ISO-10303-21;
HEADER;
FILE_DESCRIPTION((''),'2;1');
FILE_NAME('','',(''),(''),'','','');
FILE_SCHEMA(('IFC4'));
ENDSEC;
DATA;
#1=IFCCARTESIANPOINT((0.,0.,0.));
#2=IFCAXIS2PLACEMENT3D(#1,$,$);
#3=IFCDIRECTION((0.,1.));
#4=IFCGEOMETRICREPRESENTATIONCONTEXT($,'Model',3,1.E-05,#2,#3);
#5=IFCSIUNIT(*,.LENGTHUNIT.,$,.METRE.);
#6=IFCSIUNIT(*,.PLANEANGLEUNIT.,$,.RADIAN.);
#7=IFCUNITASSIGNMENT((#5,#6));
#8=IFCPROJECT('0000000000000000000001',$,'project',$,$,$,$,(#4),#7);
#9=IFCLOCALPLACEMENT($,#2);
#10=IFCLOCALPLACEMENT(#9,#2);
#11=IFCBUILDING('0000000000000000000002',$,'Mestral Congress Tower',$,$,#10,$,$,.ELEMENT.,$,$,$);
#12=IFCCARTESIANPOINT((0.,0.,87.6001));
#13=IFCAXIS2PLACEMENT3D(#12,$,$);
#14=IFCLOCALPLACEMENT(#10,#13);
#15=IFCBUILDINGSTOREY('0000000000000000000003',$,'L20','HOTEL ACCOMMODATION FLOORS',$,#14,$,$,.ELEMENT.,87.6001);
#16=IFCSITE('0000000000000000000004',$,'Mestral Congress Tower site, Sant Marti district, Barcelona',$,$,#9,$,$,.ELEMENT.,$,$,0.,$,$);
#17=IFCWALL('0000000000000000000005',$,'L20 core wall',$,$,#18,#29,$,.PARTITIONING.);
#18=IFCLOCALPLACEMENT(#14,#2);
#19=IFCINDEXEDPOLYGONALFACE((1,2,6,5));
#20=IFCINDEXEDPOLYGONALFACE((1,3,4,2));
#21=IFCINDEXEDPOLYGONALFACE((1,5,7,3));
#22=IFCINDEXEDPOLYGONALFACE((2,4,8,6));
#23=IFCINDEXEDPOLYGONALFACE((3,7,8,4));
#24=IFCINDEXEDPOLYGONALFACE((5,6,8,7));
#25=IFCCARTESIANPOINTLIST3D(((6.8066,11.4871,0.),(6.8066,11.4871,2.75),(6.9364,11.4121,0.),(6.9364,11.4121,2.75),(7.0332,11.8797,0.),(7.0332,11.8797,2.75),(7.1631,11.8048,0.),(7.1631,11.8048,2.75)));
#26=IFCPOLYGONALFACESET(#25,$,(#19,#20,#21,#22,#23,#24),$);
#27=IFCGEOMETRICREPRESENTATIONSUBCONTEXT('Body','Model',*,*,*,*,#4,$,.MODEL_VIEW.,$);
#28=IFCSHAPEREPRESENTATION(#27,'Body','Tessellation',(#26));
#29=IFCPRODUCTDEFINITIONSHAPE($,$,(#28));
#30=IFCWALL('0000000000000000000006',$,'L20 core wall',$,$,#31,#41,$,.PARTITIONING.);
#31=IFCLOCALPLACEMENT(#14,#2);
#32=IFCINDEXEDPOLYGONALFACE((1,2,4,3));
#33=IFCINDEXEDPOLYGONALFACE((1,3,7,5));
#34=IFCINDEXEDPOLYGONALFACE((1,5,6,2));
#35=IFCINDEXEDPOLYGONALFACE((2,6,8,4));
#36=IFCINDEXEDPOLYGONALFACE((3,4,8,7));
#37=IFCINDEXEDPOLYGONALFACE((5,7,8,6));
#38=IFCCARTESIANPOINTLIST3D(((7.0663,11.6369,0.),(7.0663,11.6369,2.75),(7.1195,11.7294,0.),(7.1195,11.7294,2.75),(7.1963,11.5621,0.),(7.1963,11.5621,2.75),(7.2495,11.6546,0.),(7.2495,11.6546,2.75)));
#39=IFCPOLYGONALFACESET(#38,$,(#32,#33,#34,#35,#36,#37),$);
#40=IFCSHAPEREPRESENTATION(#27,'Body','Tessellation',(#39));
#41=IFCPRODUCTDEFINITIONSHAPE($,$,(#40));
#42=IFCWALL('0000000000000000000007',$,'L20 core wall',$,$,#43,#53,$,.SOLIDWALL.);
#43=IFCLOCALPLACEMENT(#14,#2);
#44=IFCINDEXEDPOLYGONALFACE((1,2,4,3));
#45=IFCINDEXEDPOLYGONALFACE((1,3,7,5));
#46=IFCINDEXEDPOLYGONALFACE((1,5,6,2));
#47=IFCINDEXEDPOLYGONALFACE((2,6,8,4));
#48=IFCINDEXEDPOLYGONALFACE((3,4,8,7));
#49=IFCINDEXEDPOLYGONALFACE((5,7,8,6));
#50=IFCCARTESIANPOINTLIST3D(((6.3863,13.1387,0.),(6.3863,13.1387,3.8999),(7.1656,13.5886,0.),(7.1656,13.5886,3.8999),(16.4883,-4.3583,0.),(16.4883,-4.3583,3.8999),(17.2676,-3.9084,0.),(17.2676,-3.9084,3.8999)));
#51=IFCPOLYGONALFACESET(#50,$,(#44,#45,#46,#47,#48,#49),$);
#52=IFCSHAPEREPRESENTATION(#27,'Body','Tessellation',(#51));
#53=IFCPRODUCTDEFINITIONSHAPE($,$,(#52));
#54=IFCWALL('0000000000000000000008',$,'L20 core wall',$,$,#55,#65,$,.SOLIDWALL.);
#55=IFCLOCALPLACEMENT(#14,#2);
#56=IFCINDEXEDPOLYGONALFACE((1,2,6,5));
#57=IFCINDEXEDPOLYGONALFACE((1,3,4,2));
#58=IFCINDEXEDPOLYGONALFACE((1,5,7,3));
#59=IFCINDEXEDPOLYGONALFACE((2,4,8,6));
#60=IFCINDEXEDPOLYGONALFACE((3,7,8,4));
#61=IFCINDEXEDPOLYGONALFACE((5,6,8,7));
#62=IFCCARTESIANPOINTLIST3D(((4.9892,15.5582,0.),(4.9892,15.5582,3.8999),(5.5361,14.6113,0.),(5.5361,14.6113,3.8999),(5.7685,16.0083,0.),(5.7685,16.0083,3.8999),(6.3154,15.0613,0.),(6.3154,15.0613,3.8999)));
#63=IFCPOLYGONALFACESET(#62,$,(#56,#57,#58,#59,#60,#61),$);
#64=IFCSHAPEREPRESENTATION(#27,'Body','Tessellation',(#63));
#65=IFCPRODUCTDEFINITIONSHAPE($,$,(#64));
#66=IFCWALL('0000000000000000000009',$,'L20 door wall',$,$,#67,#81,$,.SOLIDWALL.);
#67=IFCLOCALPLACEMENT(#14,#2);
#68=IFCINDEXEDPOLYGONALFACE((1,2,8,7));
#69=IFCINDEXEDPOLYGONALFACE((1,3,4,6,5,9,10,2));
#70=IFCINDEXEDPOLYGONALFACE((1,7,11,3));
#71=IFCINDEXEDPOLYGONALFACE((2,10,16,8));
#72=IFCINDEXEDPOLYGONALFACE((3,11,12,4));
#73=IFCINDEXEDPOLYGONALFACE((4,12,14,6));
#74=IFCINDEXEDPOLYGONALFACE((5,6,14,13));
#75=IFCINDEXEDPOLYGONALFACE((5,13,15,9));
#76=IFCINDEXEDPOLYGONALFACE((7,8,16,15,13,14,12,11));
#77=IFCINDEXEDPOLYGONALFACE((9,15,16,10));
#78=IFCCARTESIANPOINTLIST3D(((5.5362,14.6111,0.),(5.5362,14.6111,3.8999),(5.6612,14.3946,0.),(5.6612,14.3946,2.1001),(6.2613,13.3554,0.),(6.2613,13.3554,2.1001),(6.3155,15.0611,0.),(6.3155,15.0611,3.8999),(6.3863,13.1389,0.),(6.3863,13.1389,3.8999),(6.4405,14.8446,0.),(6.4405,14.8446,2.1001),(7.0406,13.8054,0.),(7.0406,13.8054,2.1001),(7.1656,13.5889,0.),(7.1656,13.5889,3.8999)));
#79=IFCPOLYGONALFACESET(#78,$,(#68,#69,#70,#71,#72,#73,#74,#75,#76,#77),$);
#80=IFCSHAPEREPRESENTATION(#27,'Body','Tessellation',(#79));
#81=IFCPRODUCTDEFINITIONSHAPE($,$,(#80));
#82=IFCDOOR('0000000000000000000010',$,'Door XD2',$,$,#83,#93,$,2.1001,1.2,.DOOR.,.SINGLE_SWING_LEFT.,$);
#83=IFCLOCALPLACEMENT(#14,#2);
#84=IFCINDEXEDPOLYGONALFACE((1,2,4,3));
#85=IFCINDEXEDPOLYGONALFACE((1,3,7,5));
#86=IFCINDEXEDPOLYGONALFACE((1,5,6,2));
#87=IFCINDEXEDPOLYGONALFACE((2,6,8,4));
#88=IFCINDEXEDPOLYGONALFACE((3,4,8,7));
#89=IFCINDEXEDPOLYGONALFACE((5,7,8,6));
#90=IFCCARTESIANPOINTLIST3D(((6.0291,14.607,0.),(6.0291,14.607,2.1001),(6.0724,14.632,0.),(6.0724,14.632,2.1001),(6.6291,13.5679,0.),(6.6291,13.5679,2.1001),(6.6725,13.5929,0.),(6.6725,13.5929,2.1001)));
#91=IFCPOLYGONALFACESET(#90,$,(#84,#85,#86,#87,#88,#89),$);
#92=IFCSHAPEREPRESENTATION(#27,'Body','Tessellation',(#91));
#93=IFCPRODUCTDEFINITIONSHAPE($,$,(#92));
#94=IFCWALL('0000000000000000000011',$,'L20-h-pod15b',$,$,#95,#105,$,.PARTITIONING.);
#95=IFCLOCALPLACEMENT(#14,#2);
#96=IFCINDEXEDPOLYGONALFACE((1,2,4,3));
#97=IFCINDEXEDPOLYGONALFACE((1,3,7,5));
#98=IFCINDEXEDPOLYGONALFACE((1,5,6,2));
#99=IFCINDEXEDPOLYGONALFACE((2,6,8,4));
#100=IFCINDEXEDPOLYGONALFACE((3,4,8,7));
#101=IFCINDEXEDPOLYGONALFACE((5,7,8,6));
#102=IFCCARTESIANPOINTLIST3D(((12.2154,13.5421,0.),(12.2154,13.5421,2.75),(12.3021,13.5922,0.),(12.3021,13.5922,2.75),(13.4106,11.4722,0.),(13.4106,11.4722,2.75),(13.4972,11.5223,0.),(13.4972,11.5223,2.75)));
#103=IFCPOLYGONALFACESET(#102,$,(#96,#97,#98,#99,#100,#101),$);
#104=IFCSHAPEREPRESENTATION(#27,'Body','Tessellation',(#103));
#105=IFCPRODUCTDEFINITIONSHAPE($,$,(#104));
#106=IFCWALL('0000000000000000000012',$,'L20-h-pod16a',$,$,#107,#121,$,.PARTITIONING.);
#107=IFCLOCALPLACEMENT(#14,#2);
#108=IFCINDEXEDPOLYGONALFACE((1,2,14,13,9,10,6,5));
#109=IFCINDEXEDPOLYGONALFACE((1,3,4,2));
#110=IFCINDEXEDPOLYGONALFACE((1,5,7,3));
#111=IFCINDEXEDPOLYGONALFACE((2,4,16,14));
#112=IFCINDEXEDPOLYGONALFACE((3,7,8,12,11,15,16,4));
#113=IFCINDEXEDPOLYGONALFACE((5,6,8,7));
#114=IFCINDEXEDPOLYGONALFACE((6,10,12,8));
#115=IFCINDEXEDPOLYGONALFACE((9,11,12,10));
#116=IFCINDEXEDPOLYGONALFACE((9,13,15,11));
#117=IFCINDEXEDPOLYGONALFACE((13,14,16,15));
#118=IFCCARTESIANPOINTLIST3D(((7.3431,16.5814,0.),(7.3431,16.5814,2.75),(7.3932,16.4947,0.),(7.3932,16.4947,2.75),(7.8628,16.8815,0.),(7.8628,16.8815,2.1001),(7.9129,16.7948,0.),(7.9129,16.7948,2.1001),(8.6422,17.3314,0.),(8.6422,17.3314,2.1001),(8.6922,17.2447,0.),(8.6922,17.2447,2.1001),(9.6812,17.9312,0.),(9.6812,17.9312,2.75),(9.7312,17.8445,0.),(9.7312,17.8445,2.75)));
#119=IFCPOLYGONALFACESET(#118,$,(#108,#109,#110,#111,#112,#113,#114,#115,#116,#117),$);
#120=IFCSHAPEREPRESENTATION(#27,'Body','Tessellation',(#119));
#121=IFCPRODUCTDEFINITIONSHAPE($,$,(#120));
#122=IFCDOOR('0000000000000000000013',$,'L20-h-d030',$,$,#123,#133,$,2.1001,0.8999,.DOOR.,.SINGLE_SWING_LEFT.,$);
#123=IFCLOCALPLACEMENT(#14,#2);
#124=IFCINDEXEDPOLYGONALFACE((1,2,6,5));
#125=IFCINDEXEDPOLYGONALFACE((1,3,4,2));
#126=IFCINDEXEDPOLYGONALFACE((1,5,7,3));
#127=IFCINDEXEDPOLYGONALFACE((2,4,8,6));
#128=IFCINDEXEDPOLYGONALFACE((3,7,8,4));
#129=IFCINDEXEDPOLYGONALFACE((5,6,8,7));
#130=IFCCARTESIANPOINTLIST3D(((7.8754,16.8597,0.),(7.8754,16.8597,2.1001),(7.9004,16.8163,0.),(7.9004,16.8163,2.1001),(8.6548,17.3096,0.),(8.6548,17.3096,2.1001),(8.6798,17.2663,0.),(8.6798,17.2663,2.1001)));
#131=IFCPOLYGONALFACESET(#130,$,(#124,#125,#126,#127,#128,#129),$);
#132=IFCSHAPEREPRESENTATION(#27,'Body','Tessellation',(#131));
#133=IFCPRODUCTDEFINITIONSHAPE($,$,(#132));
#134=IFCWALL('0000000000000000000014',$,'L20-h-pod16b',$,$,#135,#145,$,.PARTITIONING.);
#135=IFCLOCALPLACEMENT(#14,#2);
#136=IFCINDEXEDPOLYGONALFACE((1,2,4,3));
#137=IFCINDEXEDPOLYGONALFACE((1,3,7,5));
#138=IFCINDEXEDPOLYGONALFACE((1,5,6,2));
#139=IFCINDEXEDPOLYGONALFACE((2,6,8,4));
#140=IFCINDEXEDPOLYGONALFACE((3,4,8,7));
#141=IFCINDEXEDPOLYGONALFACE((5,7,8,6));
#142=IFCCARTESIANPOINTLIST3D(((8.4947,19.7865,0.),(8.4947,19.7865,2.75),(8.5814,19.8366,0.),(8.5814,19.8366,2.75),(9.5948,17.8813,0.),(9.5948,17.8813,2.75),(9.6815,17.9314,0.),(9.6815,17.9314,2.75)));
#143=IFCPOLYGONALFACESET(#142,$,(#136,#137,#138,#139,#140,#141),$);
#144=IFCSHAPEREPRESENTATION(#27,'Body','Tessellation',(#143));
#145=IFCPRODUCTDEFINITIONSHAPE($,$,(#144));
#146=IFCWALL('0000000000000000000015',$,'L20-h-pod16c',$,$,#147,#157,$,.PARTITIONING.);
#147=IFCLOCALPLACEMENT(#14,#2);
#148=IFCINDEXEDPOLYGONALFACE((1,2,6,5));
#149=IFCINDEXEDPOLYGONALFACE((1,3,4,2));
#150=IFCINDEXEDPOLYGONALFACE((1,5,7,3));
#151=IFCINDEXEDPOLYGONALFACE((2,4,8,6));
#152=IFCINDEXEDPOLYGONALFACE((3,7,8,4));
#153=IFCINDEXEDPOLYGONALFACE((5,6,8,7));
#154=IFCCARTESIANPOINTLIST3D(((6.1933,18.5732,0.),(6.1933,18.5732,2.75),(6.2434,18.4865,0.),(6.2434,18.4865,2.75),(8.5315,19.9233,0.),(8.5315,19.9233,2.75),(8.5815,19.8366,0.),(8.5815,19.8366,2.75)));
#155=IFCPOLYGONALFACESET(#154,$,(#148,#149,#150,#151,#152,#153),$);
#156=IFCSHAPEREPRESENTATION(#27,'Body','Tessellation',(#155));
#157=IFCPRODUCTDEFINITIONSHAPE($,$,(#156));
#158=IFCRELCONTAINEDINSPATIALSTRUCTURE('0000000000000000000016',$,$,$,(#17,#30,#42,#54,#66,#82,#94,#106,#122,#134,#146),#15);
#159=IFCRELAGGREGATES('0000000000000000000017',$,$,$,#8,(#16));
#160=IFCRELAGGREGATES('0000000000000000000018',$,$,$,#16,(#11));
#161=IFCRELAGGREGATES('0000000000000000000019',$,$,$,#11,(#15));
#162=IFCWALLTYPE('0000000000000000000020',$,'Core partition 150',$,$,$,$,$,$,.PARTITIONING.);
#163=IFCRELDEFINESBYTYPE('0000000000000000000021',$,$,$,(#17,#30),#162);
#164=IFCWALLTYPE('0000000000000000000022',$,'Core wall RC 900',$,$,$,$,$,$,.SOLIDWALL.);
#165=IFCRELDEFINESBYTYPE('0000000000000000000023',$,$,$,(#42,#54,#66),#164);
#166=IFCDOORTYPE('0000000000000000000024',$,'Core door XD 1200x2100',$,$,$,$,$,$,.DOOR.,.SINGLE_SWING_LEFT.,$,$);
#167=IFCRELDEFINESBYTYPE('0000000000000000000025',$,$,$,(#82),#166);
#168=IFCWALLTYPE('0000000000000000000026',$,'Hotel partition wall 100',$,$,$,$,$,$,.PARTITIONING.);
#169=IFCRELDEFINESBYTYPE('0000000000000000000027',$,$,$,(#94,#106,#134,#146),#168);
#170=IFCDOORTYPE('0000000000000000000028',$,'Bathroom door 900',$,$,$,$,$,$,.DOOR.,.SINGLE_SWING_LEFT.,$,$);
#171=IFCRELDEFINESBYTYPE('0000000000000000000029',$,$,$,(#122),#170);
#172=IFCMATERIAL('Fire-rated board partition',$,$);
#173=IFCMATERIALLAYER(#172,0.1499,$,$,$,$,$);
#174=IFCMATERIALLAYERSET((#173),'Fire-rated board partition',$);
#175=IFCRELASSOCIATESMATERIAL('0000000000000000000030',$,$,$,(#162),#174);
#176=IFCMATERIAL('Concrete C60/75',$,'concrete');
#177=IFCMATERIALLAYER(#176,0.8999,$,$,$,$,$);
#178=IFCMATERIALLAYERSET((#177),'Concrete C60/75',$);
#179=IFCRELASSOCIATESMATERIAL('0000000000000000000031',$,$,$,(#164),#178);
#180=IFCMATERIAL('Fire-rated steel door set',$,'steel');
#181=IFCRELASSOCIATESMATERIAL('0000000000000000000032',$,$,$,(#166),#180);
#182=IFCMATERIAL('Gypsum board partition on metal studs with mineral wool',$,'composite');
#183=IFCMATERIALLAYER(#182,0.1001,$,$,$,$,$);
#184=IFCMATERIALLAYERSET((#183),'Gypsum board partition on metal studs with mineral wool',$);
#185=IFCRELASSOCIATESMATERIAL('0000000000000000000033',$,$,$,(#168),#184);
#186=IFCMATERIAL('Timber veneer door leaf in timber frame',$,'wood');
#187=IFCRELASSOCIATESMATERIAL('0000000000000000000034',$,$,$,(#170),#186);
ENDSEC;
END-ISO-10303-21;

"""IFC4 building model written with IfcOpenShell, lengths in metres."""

from ifc_helpers import new_model, si_unit, direction, frame, frame_2d, origin, place, context, subcontext, project, spatial, rectangle, extrude, material, layer, layer_set, type_object, element, fill, save


model = new_model("IFC4")

# Units and contexts
model_context = context("Model", 3, precision=1e-05, world=origin(), true_north=direction((0.0, 1.0)))
body_context = subcontext(model_context, "Body", "Model", "MODEL_VIEW")
ifc_project = project(units=[si_unit("LENGTHUNIT", "METRE"), si_unit("PLANEANGLEUNIT", "RADIAN")], contexts=[model_context])

# Site, building, storey
site_placement = place(None, origin())
site = spatial("IfcSite", under=ifc_project, at=site_placement, Name="Mestral Congress Tower site, Sant Marti district, Barcelona", CompositionType="ELEMENT", RefElevation=0.0)
building_placement = place(site_placement, origin())
building = spatial("IfcBuilding", under=site, at=building_placement, Name="Mestral Congress Tower", CompositionType="ELEMENT")
storey_placement = place(building_placement, frame((0.0, 0.0, 87.6001)))
storey = spatial("IfcBuildingStorey", under=building, at=storey_placement, Name="L20", Description="HOTEL ACCOMMODATION FLOORS", CompositionType="ELEMENT", Elevation=87.6001)

# Walls
ifc_material_1 = material(Name="Fire-rated board partition")
ifc_layer_1 = layer(ifc_material_1, 0.1499)
ifc_layer_set_1 = layer_set([ifc_layer_1], Name="Fire-rated board partition")
wall_type_1 = type_object("IfcWallType", Name="Core partition 150", PredefinedType="PARTITIONING", material=ifc_layer_set_1)
wall_1_placement = place(storey_placement, frame((6.8716, 11.4497, 0.0), z_axis=(0.0, 0.0, 1.0), x_axis=(0.499847, 0.866114, 0.0)))
element("IfcWall", 1, at=wall_1_placement, inside=storey, type_object=wall_type_1, Name="L20 core wall", PredefinedType="PARTITIONING", context=body_context, shape_type="SweptSolid", body=[
    extrude(rectangle(XDim=0.4534, YDim=0.1499, at=frame_2d((0.2266, 0.0))), origin(), (0.0, 0.0, 1.0), 2.75),
])
wall_2_placement = place(storey_placement, frame((7.1313, 11.5996, 0.0), z_axis=(0.0, 0.0, 1.0), x_axis=(0.4986, 0.866832, 0.0)))
element("IfcWall", 2, at=wall_2_placement, inside=storey, type_object=wall_type_1, Name="L20 core wall", PredefinedType="PARTITIONING", context=body_context, shape_type="SweptSolid", body=[
    extrude(rectangle(XDim=0.1067, YDim=0.1499, at=frame_2d((0.0532, 0.0))), origin(), (0.0, 0.0, 1.0), 2.75),
])
ifc_material_2 = material(Name="Concrete C60/75", Category="concrete")
ifc_layer_2 = layer(ifc_material_2, 0.8999)
ifc_layer_set_2 = layer_set([ifc_layer_2], Name="Concrete C60/75")
wall_type_2 = type_object("IfcWallType", Name="Core wall RC 900", PredefinedType="SOLIDWALL", material=ifc_layer_set_2)
wall_3_placement = place(storey_placement, frame((6.7759, 13.3638, 0.0), z_axis=(0.0, 0.0, 1.0), x_axis=(0.500004, -0.866023, 0.0)))
element("IfcWall", 3, at=wall_3_placement, inside=storey, type_object=wall_type_2, Name="L20 core wall", PredefinedType="SOLIDWALL", context=body_context, shape_type="SweptSolid", body=[
    extrude(rectangle(XDim=20.2039, YDim=0.8999, at=frame_2d((10.1021, 0.0))), origin(), (0.0, 0.0, 1.0), 3.8999),
])
wall_4_placement = place(storey_placement, frame((5.9258, 14.8362, 0.0), z_axis=(0.0, 0.0, 1.0), x_axis=(-0.500077, 0.865981, 0.0)))
element("IfcWall", 4, at=wall_4_placement, inside=storey, type_object=wall_type_2, Name="L20 core wall", PredefinedType="SOLIDWALL", context=body_context, shape_type="SweptSolid", body=[
    extrude(rectangle(XDim=1.0935, YDim=0.8999, at=frame_2d((0.5469, 0.0))), origin(), (0.0, 0.0, 1.0), 3.8999),
])

# Wall, opening, door
wall_5_placement = place(storey_placement, frame((5.9258, 14.8362, 0.0), z_axis=(0.0, 0.0, 1.0), x_axis=(0.500062, -0.865989, 0.0)))
wall_5 = element("IfcWall", 5, at=wall_5_placement, inside=storey, type_object=wall_type_2, Name="L20 door wall", PredefinedType="SOLIDWALL", context=body_context, shape_type="SweptSolid", body=[
    extrude(rectangle(XDim=1.7, YDim=0.8999, at=frame_2d((0.8501, 0.0))), origin(), (0.0, 0.0, 1.0), 3.8999),
])
opening_1_placement = place(wall_5_placement, frame((0.25, 0.0, 0.0)))
opening_1 = element("IfcOpeningElement", 6, at=opening_1_placement, cuts=wall_5, PredefinedType="OPENING", context=body_context, shape_type="SweptSolid", body=[
    extrude(rectangle(XDim=1.2, YDim=2.1001, at=frame_2d((0.6001, 1.05))), frame((0.0, 0.46, 0.0), z_axis=(0.0, -1.0, 0.0), x_axis=(1.0, 0.0, 0.0)), (0.0, 0.0, 1.0), 0.9199),
])
ifc_material_3 = material(Name="Fire-rated steel door set", Category="steel")
door_type_1 = type_object("IfcDoorType", Name="Core door XD 1200x2100", OperationType="SINGLE_SWING_LEFT", PredefinedType="DOOR", material=ifc_material_3)
door_1_placement = place(opening_1_placement, origin())
door_1 = element("IfcDoor", 7, at=door_1_placement, inside=storey, type_object=door_type_1, Name="Door XD2", OperationType="SINGLE_SWING_LEFT", OverallHeight=2.1001, OverallWidth=1.2, PredefinedType="DOOR", context=body_context, shape_type="SweptSolid", body=[
    extrude(rectangle(XDim=1.2, YDim=2.1001, at=frame_2d((0.6001, 1.05))), frame((0.0, 0.0249, 0.0), z_axis=(0.0, -1.0, 0.0), x_axis=(1.0, 0.0, 0.0)), (0.0, 0.0, 1.0), 0.05),
])
fill(opening_1, door_1)

# Wall
ifc_material_4 = material(Name="Gypsum board partition on metal studs with mineral wool", Category="composite")
ifc_layer_3 = layer(ifc_material_4, 0.1001)
ifc_layer_set_3 = layer_set([ifc_layer_3], Name="Gypsum board partition on metal studs with mineral wool")
wall_type_3 = type_object("IfcWallType", Name="Hotel partition wall 100", PredefinedType="PARTITIONING", material=ifc_layer_set_3)
wall_6_placement = place(storey_placement, frame((12.2588, 13.5671, 0.0), z_axis=(0.0, 0.0, 1.0), x_axis=(0.500017, -0.866015, 0.0)))
element("IfcWall", 8, at=wall_6_placement, inside=storey, type_object=wall_type_3, Name="L20-h-pod15b", PredefinedType="PARTITIONING", context=body_context, shape_type="SweptSolid", body=[
    extrude(rectangle(XDim=2.3901, YDim=0.1001, at=frame_2d((1.1951, 0.0))), origin(), (0.0, 0.0, 1.0), 2.75),
])

# Wall, opening, door
wall_7_placement = place(storey_placement, frame((7.3682, 16.5381, 0.0), z_axis=(0.0, 0.0, 1.0), x_axis=(0.866037, 0.499981, 0.0)))
wall_7 = element("IfcWall", 9, at=wall_7_placement, inside=storey, type_object=wall_type_3, Name="L20-h-pod16a", PredefinedType="PARTITIONING", context=body_context, shape_type="SweptSolid", body=[
    extrude(rectangle(XDim=2.6997, YDim=0.1001, at=frame_2d((1.3499, 0.0))), origin(), (0.0, 0.0, 1.0), 2.75),
])
opening_2_placement = place(wall_7_placement, frame((0.6001, 0.0, 0.0)))
opening_2 = element("IfcOpeningElement", 10, at=opening_2_placement, cuts=wall_7, PredefinedType="OPENING", context=body_context, shape_type="SweptSolid", body=[
    extrude(rectangle(XDim=0.8999, YDim=2.1001, at=frame_2d((0.45, 1.05))), frame((0.0, 0.0601, 0.0), z_axis=(0.0, -1.0, 0.0), x_axis=(1.0, 0.0, 0.0)), (0.0, 0.0, 1.0), 0.1201),
])
ifc_material_5 = material(Name="Timber veneer door leaf in timber frame", Category="wood")
door_type_2 = type_object("IfcDoorType", Name="Bathroom door 900", OperationType="SINGLE_SWING_LEFT", PredefinedType="DOOR", material=ifc_material_5)
door_2_placement = place(opening_2_placement, origin())
door_2 = element("IfcDoor", 11, at=door_2_placement, inside=storey, type_object=door_type_2, Name="L20-h-d030", OperationType="SINGLE_SWING_LEFT", OverallHeight=2.1001, OverallWidth=0.8999, PredefinedType="DOOR", context=body_context, shape_type="SweptSolid", body=[
    extrude(rectangle(XDim=0.8999, YDim=2.1001, at=frame_2d((0.45, 1.05))), frame((0.0, 0.0249, 0.0), z_axis=(0.0, -1.0, 0.0), x_axis=(1.0, 0.0, 0.0)), (0.0, 0.0, 1.0), 0.05),
])
fill(opening_2, door_2)

# Walls
wall_8_placement = place(storey_placement, frame((9.6382, 17.9062, 0.0), z_axis=(0.0, 0.0, 1.0), x_axis=(-0.50003, 0.866008, 0.0)))
element("IfcWall", 12, at=wall_8_placement, inside=storey, type_object=wall_type_3, Name="L20-h-pod16b", PredefinedType="PARTITIONING", context=body_context, shape_type="SweptSolid", body=[
    extrude(rectangle(XDim=2.2, YDim=0.1001, at=frame_2d((1.1001, 0.0))), origin(), (0.0, 0.0, 1.0), 2.75),
])
wall_9_placement = place(storey_placement, frame((6.2183, 18.5298, 0.0), z_axis=(0.0, 0.0, 1.0), x_axis=(0.865997, 0.500049, 0.0)))
element("IfcWall", 13, at=wall_9_placement, inside=storey, type_object=wall_type_3, Name="L20-h-pod16c", PredefinedType="PARTITIONING", context=body_context, shape_type="SweptSolid", body=[
    extrude(rectangle(XDim=2.7, YDim=0.1001, at=frame_2d((1.3501, 0.0))), origin(), (0.0, 0.0, 1.0), 2.75),
])

save(model, "model.ifc")
